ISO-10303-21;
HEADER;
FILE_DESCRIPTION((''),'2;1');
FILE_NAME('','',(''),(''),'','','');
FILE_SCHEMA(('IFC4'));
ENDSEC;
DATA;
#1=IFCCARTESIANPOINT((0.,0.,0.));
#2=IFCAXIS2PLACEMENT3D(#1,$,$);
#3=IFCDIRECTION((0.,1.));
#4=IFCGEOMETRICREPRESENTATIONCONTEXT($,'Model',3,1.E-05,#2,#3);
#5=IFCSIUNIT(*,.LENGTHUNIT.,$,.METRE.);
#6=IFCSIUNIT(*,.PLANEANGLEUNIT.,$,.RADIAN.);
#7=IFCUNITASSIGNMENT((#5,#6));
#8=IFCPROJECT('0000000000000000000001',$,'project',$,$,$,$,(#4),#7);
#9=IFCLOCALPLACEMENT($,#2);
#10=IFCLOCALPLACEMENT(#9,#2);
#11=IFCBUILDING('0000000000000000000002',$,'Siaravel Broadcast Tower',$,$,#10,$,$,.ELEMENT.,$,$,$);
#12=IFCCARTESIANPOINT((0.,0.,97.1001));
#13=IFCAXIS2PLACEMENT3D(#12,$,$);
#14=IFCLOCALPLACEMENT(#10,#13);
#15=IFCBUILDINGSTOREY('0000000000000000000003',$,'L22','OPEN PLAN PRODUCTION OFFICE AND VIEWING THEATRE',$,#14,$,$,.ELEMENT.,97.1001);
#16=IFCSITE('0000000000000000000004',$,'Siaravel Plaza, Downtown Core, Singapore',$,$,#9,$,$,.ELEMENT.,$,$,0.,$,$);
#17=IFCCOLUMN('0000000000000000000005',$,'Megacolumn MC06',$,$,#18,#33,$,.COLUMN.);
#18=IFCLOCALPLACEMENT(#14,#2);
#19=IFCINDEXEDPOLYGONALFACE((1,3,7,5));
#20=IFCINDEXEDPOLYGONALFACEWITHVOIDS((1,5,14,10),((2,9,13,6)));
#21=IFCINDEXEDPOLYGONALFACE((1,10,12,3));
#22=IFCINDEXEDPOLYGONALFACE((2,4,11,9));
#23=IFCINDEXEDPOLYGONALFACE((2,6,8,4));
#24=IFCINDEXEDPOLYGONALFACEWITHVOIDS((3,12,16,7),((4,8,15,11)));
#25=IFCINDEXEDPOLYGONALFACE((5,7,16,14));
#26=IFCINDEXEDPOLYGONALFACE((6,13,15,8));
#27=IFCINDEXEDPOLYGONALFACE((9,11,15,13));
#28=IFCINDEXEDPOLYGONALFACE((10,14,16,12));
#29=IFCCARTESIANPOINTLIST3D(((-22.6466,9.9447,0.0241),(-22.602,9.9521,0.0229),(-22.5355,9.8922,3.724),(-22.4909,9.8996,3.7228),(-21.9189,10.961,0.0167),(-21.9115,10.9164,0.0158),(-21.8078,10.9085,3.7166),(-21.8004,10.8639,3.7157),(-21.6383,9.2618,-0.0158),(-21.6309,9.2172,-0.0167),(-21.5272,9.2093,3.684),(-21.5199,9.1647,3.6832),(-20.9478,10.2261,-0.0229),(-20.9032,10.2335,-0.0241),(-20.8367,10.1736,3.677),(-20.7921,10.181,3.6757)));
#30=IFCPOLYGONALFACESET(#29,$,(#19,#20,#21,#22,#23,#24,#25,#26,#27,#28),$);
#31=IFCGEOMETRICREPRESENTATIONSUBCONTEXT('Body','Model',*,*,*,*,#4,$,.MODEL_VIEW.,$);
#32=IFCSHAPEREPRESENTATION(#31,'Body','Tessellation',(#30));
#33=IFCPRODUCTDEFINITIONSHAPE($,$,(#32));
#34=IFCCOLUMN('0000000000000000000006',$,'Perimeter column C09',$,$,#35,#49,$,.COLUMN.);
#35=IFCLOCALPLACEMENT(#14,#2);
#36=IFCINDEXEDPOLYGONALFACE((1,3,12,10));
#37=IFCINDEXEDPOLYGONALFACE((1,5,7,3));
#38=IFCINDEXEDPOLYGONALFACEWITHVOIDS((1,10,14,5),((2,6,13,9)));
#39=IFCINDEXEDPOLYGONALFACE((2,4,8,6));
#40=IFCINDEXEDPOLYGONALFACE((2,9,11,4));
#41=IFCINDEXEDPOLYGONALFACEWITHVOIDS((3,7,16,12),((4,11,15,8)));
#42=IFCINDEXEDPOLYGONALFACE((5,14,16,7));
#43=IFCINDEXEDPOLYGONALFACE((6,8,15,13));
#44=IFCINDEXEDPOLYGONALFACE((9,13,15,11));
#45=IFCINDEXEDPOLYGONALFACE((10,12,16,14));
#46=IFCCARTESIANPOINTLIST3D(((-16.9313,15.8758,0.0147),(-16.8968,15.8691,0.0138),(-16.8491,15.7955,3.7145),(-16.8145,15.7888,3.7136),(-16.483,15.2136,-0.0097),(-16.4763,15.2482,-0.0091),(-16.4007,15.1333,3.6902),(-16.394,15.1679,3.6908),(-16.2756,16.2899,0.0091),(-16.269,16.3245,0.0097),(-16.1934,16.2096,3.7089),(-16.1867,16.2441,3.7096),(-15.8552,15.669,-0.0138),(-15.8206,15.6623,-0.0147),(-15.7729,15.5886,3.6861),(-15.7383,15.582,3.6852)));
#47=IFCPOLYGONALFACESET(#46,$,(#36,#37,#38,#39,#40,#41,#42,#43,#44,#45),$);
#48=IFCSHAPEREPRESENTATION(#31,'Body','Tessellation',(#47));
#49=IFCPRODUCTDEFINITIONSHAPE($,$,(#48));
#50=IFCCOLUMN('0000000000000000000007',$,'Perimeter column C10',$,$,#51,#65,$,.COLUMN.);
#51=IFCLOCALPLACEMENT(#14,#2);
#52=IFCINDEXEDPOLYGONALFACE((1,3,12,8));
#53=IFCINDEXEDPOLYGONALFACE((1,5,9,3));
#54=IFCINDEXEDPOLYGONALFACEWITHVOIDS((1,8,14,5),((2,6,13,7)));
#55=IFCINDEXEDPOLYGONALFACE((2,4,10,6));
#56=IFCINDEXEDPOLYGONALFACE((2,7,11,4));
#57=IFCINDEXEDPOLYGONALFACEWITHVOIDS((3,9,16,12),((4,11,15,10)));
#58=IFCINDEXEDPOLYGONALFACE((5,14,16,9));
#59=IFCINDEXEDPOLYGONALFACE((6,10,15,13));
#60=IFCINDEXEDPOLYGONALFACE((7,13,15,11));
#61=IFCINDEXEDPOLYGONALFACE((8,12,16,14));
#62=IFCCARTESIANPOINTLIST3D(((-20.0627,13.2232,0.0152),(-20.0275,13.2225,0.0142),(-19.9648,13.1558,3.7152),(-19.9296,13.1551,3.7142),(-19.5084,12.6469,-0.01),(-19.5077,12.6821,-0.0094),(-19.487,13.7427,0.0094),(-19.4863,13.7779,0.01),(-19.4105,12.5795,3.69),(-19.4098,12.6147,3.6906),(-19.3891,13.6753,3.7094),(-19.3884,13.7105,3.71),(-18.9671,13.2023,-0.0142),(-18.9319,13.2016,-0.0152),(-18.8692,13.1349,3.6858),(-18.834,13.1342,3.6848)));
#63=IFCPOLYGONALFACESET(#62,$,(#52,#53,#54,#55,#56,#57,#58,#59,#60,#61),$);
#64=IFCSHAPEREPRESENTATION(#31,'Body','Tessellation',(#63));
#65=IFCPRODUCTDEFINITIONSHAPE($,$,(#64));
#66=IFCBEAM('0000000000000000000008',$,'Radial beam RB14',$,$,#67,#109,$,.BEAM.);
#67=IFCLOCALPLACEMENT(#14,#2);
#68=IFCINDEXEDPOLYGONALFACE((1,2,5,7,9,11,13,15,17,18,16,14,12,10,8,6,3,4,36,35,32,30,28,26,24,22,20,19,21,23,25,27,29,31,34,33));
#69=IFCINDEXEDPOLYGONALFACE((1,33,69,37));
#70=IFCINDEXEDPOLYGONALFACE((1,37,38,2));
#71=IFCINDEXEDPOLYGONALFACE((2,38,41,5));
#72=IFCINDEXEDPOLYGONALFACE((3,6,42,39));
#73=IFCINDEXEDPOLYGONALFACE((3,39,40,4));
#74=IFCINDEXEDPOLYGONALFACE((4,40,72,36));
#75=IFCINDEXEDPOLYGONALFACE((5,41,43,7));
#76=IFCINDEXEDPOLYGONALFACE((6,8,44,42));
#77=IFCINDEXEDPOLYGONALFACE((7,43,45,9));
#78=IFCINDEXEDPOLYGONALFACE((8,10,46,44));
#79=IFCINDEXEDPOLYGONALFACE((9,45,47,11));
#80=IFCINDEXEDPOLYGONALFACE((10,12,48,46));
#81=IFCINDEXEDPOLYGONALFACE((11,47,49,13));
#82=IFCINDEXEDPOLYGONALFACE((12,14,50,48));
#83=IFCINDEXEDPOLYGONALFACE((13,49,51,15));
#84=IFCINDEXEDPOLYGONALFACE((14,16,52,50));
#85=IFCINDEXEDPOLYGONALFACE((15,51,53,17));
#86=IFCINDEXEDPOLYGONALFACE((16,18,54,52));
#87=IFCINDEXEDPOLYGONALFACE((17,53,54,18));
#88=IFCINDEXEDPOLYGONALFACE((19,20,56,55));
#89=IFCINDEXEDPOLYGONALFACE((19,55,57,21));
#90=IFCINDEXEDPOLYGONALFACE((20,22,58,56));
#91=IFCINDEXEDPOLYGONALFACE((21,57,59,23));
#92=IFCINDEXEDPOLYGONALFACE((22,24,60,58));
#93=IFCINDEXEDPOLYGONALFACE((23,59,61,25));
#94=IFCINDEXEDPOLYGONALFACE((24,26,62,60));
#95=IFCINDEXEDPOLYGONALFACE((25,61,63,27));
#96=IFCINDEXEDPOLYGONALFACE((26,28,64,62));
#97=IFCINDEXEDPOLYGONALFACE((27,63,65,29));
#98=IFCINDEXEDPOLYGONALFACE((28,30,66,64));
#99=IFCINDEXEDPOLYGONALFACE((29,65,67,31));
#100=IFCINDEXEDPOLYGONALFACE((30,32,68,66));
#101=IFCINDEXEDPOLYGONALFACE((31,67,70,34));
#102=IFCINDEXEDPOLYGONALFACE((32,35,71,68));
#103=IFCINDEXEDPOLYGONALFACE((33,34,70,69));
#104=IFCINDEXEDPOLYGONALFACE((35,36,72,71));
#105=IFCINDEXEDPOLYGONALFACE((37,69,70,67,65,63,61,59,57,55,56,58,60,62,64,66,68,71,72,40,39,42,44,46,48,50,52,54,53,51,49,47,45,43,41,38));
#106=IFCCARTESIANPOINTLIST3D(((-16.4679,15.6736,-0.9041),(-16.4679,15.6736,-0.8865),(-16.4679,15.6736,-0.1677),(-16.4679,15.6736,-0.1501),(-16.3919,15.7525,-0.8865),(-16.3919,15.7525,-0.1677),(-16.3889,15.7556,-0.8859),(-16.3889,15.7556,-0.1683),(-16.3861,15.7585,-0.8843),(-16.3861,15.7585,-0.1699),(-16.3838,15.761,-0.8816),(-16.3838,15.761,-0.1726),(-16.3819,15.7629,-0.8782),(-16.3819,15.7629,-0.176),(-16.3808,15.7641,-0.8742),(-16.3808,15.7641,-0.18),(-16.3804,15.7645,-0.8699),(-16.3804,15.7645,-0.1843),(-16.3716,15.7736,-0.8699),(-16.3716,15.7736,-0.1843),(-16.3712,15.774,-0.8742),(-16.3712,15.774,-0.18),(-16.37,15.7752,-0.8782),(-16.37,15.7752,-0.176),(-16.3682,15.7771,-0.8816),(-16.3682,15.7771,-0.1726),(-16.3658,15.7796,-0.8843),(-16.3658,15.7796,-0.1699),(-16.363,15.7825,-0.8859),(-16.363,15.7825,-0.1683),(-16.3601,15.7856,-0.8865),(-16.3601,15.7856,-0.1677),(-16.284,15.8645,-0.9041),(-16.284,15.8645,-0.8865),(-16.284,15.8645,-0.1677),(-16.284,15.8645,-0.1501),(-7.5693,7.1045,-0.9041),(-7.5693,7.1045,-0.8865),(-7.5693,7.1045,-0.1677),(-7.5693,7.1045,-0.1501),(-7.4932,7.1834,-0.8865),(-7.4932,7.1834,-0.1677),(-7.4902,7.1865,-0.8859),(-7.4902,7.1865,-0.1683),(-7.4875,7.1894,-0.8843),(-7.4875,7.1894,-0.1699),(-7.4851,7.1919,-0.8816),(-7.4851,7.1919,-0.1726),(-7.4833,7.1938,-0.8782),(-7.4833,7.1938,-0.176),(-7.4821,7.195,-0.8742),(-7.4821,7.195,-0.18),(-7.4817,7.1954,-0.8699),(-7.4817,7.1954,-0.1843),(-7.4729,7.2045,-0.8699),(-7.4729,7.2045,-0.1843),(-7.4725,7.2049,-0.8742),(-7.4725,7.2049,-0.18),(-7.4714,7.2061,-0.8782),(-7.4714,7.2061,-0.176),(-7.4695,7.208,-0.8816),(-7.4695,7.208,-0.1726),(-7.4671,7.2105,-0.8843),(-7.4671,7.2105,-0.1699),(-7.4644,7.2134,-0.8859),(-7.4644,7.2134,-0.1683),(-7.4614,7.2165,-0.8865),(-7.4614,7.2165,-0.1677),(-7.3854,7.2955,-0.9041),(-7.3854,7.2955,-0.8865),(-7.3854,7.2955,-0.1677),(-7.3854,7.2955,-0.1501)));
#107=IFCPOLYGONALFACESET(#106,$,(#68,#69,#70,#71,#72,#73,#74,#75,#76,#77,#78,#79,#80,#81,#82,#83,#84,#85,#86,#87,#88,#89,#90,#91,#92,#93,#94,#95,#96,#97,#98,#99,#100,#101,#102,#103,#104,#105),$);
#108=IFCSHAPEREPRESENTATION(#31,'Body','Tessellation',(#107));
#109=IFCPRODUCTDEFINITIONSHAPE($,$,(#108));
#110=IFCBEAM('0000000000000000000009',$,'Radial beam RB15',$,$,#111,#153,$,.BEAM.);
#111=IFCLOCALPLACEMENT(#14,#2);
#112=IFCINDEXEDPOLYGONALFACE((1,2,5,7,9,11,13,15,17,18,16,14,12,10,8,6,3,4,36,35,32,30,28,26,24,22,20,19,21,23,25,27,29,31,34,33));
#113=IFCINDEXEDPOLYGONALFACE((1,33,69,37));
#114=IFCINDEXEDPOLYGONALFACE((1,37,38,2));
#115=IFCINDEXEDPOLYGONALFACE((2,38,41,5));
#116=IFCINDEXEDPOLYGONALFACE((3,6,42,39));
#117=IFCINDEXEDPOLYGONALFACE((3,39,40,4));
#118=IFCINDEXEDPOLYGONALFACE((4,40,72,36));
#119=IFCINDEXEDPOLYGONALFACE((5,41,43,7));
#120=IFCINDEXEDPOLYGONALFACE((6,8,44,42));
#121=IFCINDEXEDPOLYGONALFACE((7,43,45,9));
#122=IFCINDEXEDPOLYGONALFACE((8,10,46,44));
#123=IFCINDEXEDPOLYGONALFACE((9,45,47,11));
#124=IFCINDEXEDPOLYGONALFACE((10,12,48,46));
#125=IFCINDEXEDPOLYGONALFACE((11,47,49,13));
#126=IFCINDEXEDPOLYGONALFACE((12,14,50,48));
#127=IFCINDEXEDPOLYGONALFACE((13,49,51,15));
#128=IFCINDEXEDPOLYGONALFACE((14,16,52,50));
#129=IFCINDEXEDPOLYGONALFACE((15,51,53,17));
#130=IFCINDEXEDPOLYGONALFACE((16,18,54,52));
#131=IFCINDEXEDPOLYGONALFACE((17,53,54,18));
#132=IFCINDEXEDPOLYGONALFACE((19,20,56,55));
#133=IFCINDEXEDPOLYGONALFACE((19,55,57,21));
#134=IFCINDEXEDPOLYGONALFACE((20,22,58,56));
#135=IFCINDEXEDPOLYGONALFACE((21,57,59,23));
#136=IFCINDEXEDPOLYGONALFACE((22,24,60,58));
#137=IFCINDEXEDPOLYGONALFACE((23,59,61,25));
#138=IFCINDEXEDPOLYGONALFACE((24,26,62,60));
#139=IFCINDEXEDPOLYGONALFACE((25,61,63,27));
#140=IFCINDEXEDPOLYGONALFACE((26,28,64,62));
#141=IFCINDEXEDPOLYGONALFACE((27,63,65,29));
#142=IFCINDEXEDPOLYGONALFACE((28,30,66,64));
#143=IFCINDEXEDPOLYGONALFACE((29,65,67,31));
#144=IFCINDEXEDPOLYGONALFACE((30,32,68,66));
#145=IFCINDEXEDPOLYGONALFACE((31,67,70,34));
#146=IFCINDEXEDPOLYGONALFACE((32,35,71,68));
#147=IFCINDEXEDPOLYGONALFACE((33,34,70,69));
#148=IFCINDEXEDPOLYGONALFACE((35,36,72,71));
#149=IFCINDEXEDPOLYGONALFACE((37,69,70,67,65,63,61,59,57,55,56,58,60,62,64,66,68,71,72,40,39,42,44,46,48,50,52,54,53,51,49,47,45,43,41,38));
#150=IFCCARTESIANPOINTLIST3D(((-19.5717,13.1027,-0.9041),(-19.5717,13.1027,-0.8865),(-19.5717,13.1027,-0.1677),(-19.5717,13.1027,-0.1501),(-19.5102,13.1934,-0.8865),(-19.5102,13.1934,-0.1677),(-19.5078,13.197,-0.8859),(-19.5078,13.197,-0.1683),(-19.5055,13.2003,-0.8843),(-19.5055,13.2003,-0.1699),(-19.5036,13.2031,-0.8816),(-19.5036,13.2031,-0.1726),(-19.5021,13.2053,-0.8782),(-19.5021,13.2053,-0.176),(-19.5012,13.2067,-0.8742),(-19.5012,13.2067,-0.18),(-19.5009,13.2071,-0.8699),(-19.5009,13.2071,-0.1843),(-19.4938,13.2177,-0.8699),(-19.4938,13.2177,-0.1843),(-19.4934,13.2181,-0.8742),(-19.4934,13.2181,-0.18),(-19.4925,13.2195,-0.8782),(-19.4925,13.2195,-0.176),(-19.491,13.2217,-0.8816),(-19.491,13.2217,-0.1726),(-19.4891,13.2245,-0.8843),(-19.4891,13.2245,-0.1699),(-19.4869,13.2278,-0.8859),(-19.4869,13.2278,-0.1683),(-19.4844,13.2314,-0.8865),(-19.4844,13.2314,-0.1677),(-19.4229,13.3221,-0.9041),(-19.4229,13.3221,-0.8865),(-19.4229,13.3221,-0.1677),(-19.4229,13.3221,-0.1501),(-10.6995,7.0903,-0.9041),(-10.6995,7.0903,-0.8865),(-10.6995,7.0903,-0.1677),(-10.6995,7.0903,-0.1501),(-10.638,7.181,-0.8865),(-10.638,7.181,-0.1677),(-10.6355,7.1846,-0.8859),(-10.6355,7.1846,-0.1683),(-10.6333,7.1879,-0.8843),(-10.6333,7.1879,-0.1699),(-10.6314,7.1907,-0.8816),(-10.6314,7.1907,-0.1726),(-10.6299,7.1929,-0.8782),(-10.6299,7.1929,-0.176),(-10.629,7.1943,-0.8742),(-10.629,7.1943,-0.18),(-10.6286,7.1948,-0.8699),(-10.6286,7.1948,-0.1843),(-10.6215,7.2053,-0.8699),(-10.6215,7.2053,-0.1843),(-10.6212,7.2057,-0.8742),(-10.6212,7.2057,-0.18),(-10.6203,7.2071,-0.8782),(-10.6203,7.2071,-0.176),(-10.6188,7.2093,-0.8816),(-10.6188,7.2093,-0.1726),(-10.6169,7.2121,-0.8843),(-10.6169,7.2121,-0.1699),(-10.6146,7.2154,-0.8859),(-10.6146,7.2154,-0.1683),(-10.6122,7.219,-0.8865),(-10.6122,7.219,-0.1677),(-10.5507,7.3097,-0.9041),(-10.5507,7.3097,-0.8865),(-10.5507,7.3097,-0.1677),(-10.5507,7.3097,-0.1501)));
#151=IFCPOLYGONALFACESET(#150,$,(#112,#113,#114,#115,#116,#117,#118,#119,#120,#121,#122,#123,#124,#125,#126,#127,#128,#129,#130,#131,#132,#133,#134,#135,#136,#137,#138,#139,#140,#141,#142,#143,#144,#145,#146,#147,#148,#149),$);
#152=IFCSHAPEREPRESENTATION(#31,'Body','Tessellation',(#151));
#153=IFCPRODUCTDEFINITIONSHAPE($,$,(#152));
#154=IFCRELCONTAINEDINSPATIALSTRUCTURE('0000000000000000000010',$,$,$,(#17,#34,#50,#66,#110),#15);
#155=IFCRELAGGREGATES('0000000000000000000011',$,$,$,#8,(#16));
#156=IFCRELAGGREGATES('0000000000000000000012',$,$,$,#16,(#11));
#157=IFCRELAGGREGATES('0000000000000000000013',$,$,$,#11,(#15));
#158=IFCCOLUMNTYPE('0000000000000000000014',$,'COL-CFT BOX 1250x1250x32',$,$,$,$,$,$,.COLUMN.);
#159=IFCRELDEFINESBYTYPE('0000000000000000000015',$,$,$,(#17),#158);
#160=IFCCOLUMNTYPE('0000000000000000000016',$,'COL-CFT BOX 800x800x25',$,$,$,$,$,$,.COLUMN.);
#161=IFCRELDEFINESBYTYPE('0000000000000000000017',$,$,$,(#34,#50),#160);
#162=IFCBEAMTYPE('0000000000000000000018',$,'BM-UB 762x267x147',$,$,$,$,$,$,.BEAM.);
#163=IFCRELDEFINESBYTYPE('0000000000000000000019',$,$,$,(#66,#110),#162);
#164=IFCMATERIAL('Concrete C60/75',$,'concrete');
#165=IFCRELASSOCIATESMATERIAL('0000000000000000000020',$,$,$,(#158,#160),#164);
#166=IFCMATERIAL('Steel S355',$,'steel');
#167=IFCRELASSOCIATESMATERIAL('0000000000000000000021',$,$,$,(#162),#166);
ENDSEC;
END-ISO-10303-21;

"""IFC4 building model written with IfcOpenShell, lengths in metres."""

from ifc_helpers import new_model, si_unit, direction, frame, origin, origin_2d, place, context, subcontext, project, spatial, hollow_rectangle, i_section, extrude, material, material_profile, profile_set, type_object, element, save


model = new_model("IFC4")

# Units and contexts
model_context = context("Model", 3, precision=1e-05, world=origin(), true_north=direction((0.0, 1.0)))
body_context = subcontext(model_context, "Body", "Model", "MODEL_VIEW")
ifc_project = project(units=[si_unit("LENGTHUNIT", "METRE"), si_unit("PLANEANGLEUNIT", "RADIAN")], contexts=[model_context])

# Site, building, storey
site_placement = place(None, origin())
site = spatial("IfcSite", under=ifc_project, at=site_placement, Name="Siaravel Plaza, Downtown Core, Singapore", CompositionType="ELEMENT", RefElevation=0.0)
building_placement = place(site_placement, origin())
building = spatial("IfcBuilding", under=site, at=building_placement, Name="Siaravel Broadcast Tower", CompositionType="ELEMENT")
storey_placement = place(building_placement, frame((0.0, 0.0, 97.1001)))
storey = spatial("IfcBuildingStorey", under=building, at=storey_placement, Name="L22", Description="OPEN PLAN PRODUCTION OFFICE AND VIEWING THEATRE", CompositionType="ELEMENT", Elevation=97.1001)

# Columns
ifc_material_1 = material(Name="Concrete C60/75", Category="concrete")
ifc_material_profile_1 = material_profile(ifc_material_1, hollow_rectangle(XDim=1.25, YDim=1.25, WallThickness=0.032, at=origin_2d()))
ifc_profile_set_1 = profile_set([ifc_material_profile_1], Name="Concrete C60/75")
column_type_1 = type_object("IfcColumnType", Name="COL-CFT BOX 1250x1250x32", PredefinedType="COLUMN", material=ifc_profile_set_1)
column_1_placement = place(storey_placement, frame((-21.7749, 10.0891, 0.0), z_axis=(0.030007, -0.014179, 0.999449), x_axis=(0.582176, 0.813041, -0.005944)))
element("IfcColumn", 1, at=column_1_placement, inside=storey, type_object=column_type_1, Name="Megacolumn MC06", PredefinedType="COLUMN", context=body_context, shape_type="SweptSolid", body=[
    extrude(hollow_rectangle(XDim=1.25, YDim=1.25, WallThickness=0.032, at=origin_2d()), origin(), (0.0, 0.0, 1.0), 3.7019),
])
ifc_material_profile_2 = material_profile(ifc_material_1, hollow_rectangle(XDim=0.8, YDim=0.8, WallThickness=0.0249, at=origin_2d()))
ifc_profile_set_2 = profile_set([ifc_material_profile_2], Name="Concrete C60/75")
column_type_2 = type_object("IfcColumnType", Name="COL-CFT BOX 800x800x25", PredefinedType="COLUMN", material=ifc_profile_set_2)
column_2_placement = place(storey_placement, frame((-16.376, 15.769, 0.0), z_axis=(0.022226, -0.021699, 0.999517), x_axis=(0.827911, 0.560825, -0.006235)))
element("IfcColumn", 2, at=column_2_placement, inside=storey, type_object=column_type_2, Name="Perimeter column C09", PredefinedType="COLUMN", context=body_context, shape_type="SweptSolid", body=[
    extrude(hollow_rectangle(XDim=0.8, YDim=0.8, WallThickness=0.0249, at=origin_2d()), origin(), (0.0, 0.0, 1.0), 3.7017),
])
column_3_placement = place(storey_placement, frame((-19.4973, 13.2124, 0.0), z_axis=(0.026446, -0.018202, 0.999484), x_axis=(0.720537, 0.693387, -0.006437)))
element("IfcColumn", 3, at=column_3_placement, inside=storey, type_object=column_type_2, Name="Perimeter column C10", PredefinedType="COLUMN", context=body_context, shape_type="SweptSolid", body=[
    extrude(hollow_rectangle(XDim=0.8, YDim=0.8, WallThickness=0.0249, at=origin_2d()), origin(), (0.0, 0.0, 1.0), 3.7019),
])

# Beams
ifc_material_2 = material(Name="Steel S355", Category="steel")
ifc_material_profile_3 = material_profile(ifc_material_2, i_section(OverallWidth=0.2651, OverallDepth=0.7539, WebThickness=0.0127, FlangeThickness=0.0176, FilletRadius=0.0166, at=origin_2d()))
ifc_profile_set_3 = profile_set([ifc_material_profile_3], Name="Steel S355")
beam_type = type_object("IfcBeamType", Name="BM-UB 762x267x147", PredefinedType="BEAM", material=ifc_profile_set_3)
beam_1_placement = place(storey_placement, frame((-16.376, 15.769, -0.5271), z_axis=(0.720321, -0.693641, 0.0), x_axis=(0.693641, 0.720321, 0.0)))
element("IfcBeam", 4, at=beam_1_placement, inside=storey, type_object=beam_type, Name="Radial beam RB14", PredefinedType="BEAM", context=body_context, shape_type="SweptSolid", body=[
    extrude(i_section(OverallWidth=0.2651, OverallDepth=0.7539, WebThickness=0.0127, FlangeThickness=0.0176, FilletRadius=0.0166, at=origin_2d()), origin(), (0.0, 0.0, 1.0), 12.3538),
])
beam_2_placement = place(storey_placement, frame((-19.4973, 13.2124, -0.5271), z_axis=(0.827825, -0.560987, 0.0), x_axis=(0.560987, 0.827825, 0.0)))
element("IfcBeam", 5, at=beam_2_placement, inside=storey, type_object=beam_type, Name="Radial beam RB15", PredefinedType="BEAM", context=body_context, shape_type="SweptSolid", body=[
    extrude(i_section(OverallWidth=0.2651, OverallDepth=0.7539, WebThickness=0.0127, FlangeThickness=0.0176, FilletRadius=0.0166, at=origin_2d()), origin(), (0.0, 0.0, 1.0), 10.7175),
])

save(model, "model.ifc")
